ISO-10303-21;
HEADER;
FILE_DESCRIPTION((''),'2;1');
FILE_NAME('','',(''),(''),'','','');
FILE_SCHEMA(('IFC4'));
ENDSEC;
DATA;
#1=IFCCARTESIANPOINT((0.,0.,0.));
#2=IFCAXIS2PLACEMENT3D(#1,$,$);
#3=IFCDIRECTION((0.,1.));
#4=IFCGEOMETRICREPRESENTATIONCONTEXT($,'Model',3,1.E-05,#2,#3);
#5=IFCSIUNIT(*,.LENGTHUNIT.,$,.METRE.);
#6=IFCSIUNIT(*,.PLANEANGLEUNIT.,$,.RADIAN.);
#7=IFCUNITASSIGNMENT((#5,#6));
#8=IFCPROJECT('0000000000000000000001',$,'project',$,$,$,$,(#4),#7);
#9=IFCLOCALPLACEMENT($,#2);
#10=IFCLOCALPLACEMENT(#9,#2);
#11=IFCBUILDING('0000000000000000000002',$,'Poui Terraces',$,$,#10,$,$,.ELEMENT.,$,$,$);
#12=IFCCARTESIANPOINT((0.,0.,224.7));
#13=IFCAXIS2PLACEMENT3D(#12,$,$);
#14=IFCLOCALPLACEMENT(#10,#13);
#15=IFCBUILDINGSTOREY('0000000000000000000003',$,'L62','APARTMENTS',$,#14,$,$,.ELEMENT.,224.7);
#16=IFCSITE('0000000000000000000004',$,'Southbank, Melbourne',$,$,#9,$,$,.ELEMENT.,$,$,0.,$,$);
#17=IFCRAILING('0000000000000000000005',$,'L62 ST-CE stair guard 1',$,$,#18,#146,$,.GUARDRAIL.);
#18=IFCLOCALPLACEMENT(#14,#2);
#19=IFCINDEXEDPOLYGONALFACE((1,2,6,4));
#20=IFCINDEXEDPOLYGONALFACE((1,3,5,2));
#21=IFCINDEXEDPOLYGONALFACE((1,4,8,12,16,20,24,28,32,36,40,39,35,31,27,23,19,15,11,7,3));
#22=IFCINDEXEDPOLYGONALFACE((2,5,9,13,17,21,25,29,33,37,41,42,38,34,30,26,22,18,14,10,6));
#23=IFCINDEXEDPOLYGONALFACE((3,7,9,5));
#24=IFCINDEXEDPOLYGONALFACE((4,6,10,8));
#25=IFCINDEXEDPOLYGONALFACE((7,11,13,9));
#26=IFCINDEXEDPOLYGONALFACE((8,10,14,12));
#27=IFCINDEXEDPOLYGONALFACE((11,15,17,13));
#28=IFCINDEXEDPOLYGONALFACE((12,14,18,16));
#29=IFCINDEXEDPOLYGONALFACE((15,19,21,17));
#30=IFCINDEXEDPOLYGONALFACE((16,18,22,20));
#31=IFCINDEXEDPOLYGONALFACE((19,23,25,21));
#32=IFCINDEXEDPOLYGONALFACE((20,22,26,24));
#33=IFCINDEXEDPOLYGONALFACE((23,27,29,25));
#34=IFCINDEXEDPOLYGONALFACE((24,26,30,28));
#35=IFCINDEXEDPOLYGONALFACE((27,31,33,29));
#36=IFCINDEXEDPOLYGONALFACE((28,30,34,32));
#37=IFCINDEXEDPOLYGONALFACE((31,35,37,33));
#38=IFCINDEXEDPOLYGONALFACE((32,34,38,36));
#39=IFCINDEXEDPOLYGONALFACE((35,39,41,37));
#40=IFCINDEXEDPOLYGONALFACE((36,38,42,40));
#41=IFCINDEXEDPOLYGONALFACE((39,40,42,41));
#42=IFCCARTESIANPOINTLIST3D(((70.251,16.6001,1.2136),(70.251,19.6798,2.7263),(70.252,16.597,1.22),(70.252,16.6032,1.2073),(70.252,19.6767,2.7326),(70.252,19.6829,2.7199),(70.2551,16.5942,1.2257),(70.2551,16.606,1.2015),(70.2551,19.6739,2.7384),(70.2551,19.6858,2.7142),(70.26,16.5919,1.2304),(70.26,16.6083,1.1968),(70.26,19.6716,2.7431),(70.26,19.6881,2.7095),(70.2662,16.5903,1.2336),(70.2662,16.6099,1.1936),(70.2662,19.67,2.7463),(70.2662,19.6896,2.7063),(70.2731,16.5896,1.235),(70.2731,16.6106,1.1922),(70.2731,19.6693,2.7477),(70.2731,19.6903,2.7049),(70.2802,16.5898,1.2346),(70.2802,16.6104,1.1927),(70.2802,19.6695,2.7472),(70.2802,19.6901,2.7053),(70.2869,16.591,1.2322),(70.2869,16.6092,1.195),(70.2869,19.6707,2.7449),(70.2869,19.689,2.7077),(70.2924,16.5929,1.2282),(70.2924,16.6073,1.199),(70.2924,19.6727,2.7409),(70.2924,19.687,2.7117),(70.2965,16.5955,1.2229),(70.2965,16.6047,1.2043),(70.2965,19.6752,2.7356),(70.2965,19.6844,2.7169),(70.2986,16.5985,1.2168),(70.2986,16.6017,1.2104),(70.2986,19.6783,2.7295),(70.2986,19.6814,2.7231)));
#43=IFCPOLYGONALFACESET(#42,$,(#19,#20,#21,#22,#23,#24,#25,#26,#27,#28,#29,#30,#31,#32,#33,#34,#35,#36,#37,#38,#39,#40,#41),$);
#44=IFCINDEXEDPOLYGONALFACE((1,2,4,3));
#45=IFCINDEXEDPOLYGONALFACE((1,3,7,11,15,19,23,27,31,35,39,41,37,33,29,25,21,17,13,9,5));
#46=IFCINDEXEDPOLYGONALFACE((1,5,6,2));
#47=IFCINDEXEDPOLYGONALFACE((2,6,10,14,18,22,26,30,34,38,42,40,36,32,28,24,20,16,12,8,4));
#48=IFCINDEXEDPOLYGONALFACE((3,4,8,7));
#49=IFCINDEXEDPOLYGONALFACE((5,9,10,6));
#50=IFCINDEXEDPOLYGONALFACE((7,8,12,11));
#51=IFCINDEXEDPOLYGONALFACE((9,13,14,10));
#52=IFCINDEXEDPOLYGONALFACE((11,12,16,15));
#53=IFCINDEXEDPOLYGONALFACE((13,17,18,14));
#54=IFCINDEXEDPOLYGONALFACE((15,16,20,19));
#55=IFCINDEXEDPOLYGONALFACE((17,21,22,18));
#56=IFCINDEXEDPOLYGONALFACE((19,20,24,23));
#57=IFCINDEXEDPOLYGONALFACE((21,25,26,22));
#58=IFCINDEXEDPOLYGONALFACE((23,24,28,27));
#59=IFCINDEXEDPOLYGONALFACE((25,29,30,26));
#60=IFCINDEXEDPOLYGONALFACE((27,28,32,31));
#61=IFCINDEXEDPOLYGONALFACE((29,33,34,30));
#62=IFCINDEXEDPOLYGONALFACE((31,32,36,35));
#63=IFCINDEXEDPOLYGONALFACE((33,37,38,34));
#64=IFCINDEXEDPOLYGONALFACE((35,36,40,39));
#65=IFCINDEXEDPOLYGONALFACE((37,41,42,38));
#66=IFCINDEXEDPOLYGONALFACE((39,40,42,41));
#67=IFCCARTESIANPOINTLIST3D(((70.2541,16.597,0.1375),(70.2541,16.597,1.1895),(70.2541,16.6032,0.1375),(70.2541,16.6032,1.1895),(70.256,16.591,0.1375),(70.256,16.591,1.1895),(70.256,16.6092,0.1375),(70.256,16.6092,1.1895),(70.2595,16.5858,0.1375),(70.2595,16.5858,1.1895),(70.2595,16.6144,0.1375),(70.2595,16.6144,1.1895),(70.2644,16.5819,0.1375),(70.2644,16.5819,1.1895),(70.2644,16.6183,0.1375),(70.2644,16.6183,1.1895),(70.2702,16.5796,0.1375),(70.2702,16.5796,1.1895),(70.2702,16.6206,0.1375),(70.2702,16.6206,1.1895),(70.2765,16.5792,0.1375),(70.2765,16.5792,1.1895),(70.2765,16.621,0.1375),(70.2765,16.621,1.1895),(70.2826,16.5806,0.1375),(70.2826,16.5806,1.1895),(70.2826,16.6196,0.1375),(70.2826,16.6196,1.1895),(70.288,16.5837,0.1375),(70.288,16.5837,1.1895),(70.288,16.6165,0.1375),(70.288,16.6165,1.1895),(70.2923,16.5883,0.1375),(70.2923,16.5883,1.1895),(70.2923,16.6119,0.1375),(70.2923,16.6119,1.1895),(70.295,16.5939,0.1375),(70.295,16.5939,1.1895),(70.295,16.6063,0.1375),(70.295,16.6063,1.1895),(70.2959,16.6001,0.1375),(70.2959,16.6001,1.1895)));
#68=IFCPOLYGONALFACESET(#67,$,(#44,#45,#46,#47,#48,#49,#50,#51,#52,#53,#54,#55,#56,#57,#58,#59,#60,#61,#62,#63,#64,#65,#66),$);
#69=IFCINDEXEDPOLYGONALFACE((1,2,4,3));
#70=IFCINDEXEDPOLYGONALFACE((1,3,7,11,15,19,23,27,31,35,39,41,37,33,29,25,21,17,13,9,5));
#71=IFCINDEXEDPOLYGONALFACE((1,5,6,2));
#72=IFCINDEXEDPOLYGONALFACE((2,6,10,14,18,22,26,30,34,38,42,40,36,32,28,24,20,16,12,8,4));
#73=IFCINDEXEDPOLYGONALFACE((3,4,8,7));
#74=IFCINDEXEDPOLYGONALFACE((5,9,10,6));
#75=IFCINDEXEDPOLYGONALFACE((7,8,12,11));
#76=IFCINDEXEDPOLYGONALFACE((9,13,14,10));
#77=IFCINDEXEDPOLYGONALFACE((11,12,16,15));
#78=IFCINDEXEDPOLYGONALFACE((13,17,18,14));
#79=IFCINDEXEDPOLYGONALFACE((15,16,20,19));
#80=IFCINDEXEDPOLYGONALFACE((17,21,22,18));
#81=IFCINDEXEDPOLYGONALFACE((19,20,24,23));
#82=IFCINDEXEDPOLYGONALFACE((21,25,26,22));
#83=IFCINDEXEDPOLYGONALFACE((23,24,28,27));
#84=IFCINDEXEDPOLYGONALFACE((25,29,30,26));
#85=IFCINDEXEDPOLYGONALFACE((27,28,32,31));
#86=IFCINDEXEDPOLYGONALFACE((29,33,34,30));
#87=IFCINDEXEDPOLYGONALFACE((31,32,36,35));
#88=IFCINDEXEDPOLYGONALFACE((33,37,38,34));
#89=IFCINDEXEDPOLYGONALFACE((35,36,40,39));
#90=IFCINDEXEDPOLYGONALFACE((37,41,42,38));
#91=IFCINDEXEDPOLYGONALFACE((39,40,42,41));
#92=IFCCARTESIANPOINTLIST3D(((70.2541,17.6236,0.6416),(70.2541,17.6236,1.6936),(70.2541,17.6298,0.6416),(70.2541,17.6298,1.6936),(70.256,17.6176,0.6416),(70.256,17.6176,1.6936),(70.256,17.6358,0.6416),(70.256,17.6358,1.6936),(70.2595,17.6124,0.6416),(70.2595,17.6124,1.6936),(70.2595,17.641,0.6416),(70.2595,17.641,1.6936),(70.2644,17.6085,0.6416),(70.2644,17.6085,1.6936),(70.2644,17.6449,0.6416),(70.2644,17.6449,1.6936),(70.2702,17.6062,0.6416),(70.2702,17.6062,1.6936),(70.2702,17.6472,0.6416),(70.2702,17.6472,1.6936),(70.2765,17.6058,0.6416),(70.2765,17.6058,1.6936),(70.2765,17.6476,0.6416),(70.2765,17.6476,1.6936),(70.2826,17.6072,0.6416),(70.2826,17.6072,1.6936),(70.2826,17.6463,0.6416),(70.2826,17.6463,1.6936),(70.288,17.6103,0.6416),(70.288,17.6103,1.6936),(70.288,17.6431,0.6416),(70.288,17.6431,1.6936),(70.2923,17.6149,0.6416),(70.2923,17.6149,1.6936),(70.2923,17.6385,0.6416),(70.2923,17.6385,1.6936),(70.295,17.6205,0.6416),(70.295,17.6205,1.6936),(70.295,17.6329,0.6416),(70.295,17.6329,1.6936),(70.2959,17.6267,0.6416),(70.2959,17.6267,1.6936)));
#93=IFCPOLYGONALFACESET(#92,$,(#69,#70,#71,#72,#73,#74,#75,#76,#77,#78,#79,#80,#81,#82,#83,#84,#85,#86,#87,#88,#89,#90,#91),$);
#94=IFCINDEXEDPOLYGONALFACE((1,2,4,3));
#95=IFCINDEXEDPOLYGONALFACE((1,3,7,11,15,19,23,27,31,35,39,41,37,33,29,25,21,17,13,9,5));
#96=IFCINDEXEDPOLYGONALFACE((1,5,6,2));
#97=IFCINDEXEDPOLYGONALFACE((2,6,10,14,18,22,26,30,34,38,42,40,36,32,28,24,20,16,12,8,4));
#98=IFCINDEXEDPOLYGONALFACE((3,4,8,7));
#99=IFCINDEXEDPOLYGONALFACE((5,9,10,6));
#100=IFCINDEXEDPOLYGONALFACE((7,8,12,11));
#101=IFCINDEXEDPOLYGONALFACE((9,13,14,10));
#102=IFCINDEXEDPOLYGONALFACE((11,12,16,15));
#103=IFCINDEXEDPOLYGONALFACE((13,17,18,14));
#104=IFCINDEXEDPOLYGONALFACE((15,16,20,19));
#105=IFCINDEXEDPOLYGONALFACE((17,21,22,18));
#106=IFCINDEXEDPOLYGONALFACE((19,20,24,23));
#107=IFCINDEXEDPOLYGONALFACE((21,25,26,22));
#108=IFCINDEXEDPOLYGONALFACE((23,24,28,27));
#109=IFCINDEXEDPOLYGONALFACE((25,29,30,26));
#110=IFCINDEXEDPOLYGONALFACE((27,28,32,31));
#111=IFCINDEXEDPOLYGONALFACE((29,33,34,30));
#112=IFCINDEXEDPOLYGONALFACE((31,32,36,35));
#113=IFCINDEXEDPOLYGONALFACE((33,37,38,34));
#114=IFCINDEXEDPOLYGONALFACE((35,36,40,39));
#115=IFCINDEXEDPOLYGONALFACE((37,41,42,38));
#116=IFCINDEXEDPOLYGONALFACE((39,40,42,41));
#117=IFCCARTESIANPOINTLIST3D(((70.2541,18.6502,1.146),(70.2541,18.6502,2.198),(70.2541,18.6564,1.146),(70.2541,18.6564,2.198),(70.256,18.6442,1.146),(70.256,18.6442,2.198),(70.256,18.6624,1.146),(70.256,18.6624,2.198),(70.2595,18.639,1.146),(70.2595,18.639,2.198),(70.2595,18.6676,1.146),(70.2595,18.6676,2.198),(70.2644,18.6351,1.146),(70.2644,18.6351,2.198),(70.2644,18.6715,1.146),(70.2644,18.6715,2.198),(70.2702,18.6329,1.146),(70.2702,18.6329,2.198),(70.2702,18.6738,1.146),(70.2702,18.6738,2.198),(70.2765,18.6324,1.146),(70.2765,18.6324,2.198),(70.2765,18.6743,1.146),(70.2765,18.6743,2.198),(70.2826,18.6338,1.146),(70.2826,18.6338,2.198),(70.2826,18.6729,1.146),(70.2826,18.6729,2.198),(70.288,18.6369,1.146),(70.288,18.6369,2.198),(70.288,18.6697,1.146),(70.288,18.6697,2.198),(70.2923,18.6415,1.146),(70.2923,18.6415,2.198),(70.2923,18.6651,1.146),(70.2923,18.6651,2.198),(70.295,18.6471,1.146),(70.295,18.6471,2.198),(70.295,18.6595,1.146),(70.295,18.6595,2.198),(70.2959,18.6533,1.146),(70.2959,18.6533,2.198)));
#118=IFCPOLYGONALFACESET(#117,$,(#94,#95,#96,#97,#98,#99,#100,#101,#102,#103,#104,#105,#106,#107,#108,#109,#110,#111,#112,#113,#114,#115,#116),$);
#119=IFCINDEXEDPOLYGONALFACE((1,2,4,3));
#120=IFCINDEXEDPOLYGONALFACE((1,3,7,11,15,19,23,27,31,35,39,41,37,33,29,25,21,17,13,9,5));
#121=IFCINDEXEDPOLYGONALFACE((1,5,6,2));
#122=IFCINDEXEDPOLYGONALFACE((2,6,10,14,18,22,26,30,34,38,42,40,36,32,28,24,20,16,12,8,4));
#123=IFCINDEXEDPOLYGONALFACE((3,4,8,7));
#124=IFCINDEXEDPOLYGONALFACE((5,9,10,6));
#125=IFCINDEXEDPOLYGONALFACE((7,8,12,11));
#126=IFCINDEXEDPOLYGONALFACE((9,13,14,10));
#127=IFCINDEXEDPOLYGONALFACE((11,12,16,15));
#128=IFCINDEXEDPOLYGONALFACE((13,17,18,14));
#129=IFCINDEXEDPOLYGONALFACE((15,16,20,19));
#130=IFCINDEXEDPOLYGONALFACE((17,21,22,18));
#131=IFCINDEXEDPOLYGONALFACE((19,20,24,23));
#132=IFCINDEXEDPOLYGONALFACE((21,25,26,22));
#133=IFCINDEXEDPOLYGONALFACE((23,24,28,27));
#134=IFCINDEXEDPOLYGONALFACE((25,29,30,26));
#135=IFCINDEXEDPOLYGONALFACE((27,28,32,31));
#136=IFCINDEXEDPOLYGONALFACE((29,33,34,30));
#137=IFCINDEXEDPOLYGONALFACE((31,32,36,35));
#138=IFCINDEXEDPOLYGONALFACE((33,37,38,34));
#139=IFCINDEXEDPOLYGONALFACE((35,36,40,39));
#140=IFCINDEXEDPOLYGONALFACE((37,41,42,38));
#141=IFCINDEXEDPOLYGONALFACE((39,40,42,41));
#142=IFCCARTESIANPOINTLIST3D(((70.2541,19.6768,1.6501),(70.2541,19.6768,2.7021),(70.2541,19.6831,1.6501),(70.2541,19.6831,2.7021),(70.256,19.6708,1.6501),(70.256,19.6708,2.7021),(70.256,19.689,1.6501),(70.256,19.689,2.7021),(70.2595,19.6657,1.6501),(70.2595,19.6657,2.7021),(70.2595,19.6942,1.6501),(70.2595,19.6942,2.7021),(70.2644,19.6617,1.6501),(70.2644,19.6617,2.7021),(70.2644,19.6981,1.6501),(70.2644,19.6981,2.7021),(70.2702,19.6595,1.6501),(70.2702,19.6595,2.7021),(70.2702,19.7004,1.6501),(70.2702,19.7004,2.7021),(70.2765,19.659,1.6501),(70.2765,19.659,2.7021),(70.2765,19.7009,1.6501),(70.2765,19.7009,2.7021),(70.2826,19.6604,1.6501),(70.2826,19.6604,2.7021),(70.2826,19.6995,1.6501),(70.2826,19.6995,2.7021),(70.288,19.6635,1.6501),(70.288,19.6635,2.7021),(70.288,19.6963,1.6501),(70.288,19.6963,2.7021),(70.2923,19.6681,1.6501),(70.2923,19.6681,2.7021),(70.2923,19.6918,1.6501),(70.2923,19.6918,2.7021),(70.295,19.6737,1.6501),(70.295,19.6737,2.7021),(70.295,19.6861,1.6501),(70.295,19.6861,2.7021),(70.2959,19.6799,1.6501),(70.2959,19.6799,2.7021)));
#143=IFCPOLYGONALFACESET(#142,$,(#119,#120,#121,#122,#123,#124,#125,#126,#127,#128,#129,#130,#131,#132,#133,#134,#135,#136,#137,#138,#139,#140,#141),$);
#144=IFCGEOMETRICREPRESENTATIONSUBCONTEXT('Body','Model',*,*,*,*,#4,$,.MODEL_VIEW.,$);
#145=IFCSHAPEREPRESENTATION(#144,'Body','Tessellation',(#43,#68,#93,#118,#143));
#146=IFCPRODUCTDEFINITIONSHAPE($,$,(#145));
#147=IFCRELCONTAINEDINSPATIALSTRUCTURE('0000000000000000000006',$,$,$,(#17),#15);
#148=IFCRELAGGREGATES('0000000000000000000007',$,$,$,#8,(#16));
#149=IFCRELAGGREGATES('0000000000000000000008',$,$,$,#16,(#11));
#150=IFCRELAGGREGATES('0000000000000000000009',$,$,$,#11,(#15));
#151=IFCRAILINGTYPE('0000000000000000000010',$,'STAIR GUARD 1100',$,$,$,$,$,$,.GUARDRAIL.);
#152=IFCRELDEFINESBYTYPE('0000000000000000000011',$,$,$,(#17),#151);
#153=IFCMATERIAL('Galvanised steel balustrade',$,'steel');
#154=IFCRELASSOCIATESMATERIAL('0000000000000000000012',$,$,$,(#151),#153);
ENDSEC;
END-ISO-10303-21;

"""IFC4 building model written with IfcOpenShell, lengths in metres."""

from ifc_helpers import new_model, si_unit, direction, frame, origin, origin_2d, place, context, subcontext, project, spatial, circle, extrude, material, type_object, element, save


model = new_model("IFC4")

# Units and contexts
model_context = context("Model", 3, precision=1e-05, world=origin(), true_north=direction((0.0, 1.0)))
body_context = subcontext(model_context, "Body", "Model", "MODEL_VIEW")
ifc_project = project(units=[si_unit("LENGTHUNIT", "METRE"), si_unit("PLANEANGLEUNIT", "RADIAN")], contexts=[model_context])

# Site, building, storey
site_placement = place(None, origin())
site = spatial("IfcSite", under=ifc_project, at=site_placement, Name="Southbank, Melbourne", CompositionType="ELEMENT", RefElevation=0.0)
building_placement = place(site_placement, origin())
building = spatial("IfcBuilding", under=site, at=building_placement, Name="Poui Terraces", CompositionType="ELEMENT")
storey_placement = place(building_placement, frame((0.0, 0.0, 224.7)))
storey = spatial("IfcBuildingStorey", under=building, at=storey_placement, Name="L62", Description="APARTMENTS", CompositionType="ELEMENT", Elevation=224.7)

# Railing
ifc_material_1 = material(Name="Galvanised steel balustrade", Category="steel")
railing_type_1 = type_object("IfcRailingType", Name="STAIR GUARD 1100", PredefinedType="GUARDRAIL", material=ifc_material_1)
railing_1_placement = place(storey_placement, frame((70.2749, 16.6001, 0.1375)))
element("IfcRailing", 1, at=railing_1_placement, inside=storey, type_object=railing_type_1, Name="L62 ST-CE stair guard 1", PredefinedType="GUARDRAIL", context=body_context, shape_type="SweptSolid", body=[
    extrude(circle(Radius=0.0239, at=origin_2d()), frame((0.0, 0.0, 1.0762), z_axis=(0.0, 0.897578, 0.440856), x_axis=(-1.0, 0.0, 0.0)), (0.0, 0.0, 1.0), 3.4312),
    extrude(circle(Radius=0.021, at=origin_2d()), origin(), (0.0, 0.0, 1.0), 1.052),
    extrude(circle(Radius=0.021, at=origin_2d()), frame((0.0, 1.0266, 0.5042)), (0.0, 0.0, 1.0), 1.052),
    extrude(circle(Radius=0.021, at=origin_2d()), frame((0.0, 2.0532, 1.0085)), (0.0, 0.0, 1.0), 1.052),
    extrude(circle(Radius=0.021, at=origin_2d()), frame((0.0, 3.0798, 1.5127)), (0.0, 0.0, 1.0), 1.052),
])

save(model, "model.ifc")
